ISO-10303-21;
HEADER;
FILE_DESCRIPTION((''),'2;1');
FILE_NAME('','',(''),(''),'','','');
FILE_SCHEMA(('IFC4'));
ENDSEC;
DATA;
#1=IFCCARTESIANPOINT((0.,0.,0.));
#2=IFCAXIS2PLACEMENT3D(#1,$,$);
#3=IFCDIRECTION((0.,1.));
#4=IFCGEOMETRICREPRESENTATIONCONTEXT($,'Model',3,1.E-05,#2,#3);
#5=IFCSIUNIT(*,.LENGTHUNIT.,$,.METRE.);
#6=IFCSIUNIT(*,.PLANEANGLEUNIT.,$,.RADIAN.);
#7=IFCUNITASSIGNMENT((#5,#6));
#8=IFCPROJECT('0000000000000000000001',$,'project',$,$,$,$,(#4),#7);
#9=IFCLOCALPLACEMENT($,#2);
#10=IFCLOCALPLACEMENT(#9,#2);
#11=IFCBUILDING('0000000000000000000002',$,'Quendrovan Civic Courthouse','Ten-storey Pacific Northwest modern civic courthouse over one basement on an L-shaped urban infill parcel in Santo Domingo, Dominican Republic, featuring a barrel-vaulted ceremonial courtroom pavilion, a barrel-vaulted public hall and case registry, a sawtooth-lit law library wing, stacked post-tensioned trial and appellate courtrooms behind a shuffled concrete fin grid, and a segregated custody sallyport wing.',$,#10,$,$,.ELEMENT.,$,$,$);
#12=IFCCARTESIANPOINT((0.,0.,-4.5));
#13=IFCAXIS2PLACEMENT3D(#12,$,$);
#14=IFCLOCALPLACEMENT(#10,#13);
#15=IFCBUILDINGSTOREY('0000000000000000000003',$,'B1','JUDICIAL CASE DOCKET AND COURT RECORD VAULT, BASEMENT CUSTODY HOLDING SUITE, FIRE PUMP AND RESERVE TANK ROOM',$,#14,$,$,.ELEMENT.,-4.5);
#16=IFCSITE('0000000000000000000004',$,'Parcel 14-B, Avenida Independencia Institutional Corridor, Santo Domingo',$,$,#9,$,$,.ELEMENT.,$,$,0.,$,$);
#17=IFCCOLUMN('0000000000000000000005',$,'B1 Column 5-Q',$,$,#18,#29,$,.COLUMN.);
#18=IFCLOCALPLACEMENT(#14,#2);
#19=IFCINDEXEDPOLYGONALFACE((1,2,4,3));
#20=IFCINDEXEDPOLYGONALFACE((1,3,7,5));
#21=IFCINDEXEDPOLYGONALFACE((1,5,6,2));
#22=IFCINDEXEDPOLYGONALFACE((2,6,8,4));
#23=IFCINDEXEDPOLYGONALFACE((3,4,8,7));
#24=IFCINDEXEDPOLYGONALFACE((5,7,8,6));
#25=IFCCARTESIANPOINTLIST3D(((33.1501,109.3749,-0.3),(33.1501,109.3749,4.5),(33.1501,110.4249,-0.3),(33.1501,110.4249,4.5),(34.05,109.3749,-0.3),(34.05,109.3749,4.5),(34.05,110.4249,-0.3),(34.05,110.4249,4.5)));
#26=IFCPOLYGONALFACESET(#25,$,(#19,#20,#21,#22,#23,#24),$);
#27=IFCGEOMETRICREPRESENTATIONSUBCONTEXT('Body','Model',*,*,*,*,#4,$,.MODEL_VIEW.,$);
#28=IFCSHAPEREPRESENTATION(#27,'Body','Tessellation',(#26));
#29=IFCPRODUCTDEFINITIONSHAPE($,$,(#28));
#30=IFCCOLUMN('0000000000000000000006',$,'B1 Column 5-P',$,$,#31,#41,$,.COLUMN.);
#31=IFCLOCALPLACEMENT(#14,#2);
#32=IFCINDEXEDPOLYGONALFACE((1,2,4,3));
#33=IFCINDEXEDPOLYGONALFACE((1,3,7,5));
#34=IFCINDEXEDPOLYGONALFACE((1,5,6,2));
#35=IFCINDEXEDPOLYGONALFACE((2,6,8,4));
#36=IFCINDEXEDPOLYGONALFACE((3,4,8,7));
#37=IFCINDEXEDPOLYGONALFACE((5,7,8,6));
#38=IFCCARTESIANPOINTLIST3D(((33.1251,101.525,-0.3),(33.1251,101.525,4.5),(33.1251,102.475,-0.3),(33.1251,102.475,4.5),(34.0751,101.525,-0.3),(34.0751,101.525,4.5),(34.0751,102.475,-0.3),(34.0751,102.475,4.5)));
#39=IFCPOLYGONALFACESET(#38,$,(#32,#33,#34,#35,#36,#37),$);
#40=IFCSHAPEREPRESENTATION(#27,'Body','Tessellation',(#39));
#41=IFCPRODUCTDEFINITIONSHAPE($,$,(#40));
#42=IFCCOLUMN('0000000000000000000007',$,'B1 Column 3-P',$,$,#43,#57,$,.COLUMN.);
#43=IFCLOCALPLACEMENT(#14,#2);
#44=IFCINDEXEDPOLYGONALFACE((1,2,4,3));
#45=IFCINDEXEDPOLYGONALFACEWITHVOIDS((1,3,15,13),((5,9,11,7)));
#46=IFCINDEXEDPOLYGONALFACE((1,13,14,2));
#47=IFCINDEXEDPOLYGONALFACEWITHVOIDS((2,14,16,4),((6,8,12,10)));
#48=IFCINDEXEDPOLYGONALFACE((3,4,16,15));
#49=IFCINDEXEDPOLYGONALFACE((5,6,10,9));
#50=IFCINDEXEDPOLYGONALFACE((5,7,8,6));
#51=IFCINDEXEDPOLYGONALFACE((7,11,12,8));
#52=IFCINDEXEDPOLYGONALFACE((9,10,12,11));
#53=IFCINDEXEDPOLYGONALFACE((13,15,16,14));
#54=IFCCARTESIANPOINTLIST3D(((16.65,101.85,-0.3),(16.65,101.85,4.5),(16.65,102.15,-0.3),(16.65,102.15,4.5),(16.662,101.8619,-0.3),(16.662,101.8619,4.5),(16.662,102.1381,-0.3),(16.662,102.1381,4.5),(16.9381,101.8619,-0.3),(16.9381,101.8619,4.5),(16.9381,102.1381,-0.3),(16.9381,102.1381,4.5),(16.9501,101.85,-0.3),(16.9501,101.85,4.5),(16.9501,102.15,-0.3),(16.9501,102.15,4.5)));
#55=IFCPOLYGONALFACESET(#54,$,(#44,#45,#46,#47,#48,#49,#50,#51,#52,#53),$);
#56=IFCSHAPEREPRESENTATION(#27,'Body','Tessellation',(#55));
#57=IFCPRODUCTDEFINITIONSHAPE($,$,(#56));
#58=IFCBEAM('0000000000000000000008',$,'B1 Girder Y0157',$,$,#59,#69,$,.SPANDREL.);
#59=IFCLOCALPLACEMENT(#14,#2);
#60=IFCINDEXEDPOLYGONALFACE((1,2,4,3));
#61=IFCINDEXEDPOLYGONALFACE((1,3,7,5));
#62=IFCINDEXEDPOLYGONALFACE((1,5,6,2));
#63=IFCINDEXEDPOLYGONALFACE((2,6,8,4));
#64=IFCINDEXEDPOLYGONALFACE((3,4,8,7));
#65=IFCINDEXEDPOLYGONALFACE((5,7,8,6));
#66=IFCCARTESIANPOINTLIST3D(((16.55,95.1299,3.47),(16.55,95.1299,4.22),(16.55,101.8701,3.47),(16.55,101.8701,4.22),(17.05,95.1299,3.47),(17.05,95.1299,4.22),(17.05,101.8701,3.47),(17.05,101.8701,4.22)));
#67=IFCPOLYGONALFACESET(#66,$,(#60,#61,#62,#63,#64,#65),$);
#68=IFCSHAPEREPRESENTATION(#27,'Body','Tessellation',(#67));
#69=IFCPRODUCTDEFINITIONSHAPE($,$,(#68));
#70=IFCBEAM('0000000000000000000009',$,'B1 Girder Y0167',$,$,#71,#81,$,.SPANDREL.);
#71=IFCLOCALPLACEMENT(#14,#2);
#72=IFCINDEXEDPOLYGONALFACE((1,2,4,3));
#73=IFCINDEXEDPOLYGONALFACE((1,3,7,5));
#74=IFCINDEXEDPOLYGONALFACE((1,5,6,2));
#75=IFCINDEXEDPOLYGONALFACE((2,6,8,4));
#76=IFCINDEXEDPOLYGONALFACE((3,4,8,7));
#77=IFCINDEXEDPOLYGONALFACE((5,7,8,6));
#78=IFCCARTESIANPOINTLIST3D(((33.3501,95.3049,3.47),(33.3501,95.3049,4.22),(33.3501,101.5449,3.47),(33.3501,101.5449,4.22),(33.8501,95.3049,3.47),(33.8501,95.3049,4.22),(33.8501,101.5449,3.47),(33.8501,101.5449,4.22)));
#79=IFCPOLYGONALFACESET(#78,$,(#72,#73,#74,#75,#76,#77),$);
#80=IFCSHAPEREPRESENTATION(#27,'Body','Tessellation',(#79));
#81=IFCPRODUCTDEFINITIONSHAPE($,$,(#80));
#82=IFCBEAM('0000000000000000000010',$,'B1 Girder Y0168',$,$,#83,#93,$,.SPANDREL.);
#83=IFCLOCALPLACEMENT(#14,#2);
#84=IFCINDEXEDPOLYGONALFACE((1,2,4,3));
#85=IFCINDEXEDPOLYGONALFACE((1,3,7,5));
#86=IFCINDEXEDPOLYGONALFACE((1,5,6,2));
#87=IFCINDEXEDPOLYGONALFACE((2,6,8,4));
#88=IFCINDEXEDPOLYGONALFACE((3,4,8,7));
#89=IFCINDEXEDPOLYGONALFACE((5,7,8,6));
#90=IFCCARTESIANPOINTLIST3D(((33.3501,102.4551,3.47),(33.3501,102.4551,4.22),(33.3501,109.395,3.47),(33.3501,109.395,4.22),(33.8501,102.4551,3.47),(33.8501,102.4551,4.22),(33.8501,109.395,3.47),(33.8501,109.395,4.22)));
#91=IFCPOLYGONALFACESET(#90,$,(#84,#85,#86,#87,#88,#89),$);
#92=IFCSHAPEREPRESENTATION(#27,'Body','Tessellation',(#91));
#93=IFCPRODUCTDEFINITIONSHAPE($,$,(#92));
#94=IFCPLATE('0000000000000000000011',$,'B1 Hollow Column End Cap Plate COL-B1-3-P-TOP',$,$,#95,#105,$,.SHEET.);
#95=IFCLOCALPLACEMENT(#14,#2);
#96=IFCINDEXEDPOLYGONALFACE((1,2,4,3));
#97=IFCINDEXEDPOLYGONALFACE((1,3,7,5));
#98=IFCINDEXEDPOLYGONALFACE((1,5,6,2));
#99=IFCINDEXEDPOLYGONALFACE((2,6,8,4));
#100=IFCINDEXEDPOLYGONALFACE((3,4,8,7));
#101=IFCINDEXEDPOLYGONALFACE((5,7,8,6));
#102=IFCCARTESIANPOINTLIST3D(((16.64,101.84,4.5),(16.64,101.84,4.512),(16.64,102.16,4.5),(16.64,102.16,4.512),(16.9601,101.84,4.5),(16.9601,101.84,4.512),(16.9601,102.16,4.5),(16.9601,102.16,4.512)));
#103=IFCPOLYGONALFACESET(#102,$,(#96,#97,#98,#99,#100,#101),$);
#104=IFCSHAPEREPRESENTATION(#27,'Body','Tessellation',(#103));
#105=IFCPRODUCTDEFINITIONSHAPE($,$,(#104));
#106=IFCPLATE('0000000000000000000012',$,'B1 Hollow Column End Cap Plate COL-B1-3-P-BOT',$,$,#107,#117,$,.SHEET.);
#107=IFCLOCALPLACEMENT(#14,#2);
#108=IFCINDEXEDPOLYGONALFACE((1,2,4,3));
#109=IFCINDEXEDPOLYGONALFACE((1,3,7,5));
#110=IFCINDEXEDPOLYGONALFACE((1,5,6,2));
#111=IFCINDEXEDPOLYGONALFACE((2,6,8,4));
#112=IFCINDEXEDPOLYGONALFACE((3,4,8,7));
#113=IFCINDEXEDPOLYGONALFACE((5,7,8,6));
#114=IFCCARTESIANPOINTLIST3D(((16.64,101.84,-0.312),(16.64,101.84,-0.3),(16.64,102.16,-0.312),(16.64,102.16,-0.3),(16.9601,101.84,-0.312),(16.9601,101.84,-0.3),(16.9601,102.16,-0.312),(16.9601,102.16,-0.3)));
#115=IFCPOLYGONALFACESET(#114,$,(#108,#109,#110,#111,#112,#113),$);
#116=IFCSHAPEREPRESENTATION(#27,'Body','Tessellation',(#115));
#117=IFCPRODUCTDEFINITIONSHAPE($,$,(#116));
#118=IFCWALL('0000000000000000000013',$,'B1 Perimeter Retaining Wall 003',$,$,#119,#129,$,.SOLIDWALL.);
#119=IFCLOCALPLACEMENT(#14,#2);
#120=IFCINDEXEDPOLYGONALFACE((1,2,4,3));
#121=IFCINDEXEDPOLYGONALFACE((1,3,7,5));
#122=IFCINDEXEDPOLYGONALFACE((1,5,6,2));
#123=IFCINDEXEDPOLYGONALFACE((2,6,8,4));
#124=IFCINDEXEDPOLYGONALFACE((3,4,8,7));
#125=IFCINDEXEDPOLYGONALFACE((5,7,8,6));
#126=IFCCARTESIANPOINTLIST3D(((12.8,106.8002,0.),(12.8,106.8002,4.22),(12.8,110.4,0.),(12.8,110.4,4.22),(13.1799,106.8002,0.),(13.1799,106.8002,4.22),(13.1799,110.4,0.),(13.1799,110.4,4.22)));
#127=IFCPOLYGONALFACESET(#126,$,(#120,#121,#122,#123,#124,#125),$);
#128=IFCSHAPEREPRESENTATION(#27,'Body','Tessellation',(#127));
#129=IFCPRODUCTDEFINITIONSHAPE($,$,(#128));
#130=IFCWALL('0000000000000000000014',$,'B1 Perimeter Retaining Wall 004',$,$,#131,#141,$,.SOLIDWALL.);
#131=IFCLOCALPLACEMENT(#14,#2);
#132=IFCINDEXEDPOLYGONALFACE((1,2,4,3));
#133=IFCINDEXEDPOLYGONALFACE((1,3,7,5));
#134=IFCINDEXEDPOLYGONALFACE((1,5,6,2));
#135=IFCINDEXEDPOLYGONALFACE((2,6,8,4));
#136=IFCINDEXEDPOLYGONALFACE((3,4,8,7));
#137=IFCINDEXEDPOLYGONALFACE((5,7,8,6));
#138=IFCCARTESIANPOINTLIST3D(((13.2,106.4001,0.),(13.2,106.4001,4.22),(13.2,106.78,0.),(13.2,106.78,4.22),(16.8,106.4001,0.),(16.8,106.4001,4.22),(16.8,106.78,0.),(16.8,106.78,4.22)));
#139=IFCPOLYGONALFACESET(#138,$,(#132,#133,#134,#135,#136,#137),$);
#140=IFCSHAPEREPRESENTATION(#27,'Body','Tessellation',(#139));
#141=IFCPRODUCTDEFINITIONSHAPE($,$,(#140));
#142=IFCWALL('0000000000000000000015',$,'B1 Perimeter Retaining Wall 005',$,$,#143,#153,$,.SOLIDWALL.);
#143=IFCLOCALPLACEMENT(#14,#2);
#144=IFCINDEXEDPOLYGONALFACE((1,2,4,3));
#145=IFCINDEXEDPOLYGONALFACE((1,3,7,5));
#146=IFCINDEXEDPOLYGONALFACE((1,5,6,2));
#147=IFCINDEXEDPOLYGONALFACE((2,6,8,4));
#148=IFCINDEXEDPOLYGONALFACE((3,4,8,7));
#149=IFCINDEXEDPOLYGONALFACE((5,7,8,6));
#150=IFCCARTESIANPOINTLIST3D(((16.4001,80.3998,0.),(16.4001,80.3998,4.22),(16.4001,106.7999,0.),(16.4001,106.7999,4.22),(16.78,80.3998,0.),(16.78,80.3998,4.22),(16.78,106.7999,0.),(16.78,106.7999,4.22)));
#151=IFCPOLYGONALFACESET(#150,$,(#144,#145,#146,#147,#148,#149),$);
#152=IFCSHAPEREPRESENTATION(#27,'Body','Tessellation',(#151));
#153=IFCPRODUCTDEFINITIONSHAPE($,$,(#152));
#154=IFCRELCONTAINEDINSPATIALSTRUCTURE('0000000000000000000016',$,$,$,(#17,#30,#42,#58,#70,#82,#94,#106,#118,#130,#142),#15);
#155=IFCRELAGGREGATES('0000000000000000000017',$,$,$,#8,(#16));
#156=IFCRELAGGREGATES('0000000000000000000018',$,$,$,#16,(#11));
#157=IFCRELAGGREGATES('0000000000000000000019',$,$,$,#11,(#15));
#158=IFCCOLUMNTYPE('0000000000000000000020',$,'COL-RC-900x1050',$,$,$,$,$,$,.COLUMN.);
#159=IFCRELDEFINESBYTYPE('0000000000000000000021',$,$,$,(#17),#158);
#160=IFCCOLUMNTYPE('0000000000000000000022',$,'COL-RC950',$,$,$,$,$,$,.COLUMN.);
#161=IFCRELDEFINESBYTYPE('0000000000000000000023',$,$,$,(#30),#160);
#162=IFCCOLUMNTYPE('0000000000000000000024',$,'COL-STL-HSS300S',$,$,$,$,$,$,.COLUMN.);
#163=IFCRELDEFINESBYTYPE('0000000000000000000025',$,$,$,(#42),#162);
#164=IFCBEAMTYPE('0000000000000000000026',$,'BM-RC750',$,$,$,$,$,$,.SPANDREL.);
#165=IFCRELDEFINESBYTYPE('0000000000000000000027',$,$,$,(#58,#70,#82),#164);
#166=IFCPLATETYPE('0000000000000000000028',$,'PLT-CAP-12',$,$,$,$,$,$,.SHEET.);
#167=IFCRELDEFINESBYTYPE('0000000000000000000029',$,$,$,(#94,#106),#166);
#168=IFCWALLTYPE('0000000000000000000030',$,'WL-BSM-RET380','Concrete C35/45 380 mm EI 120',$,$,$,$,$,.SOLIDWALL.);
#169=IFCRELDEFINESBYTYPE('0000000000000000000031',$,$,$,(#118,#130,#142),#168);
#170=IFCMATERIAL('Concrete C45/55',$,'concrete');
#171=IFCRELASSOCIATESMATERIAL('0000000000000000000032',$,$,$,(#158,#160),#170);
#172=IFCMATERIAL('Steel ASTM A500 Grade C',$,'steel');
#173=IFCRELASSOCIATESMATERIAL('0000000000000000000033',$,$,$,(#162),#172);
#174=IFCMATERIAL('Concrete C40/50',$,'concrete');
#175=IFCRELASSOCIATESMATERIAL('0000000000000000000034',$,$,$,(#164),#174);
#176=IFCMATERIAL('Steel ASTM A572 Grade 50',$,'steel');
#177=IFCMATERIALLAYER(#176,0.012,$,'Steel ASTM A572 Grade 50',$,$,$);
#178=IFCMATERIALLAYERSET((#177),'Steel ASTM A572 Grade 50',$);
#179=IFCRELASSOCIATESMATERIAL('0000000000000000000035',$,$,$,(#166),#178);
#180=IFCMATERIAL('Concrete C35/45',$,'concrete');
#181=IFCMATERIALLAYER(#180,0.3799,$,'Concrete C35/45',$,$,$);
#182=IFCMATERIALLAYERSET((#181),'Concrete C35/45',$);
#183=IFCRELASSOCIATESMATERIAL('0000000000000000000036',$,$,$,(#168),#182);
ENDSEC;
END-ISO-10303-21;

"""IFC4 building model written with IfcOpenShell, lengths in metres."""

from ifc_helpers import new_model, si_unit, direction, frame, frame_2d, origin, origin_2d, place, context, subcontext, project, spatial, rectangle, hollow_rectangle, extrude, material, layer, layer_set, material_profile, profile_set, type_object, element, save


model = new_model("IFC4")

# Units and contexts
model_context = context("Model", 3, precision=1e-05, world=origin(), true_north=direction((0.0, 1.0)))
body_context = subcontext(model_context, "Body", "Model", "MODEL_VIEW")
ifc_project = project(units=[si_unit("LENGTHUNIT", "METRE"), si_unit("PLANEANGLEUNIT", "RADIAN")], contexts=[model_context])

# Site, building, storey
site_placement = place(None, origin())
site = spatial("IfcSite", under=ifc_project, at=site_placement, Name="Parcel 14-B, Avenida Independencia Institutional Corridor, Santo Domingo", CompositionType="ELEMENT", RefElevation=0.0)
building_placement = place(site_placement, origin())
building = spatial("IfcBuilding", under=site, at=building_placement, Name="Quendrovan Civic Courthouse", Description="Ten-storey Pacific Northwest modern civic courthouse over one basement on an L-shaped urban infill parcel in Santo Domingo, Dominican Republic, featuring a barrel-vaulted ceremonial courtroom pavilion, a barrel-vaulted public hall and case registry, a sawtooth-lit law library wing, stacked post-tensioned trial and appellate courtrooms behind a shuffled concrete fin grid, and a segregated custody sallyport wing.", CompositionType="ELEMENT")
storey_placement = place(building_placement, frame((0.0, 0.0, -4.5)))
storey = spatial("IfcBuildingStorey", under=building, at=storey_placement, Name="B1", Description="JUDICIAL CASE DOCKET AND COURT RECORD VAULT, BASEMENT CUSTODY HOLDING SUITE, FIRE PUMP AND RESERVE TANK ROOM", CompositionType="ELEMENT", Elevation=-4.5)

# Shared definitions
ifc_material_1 = material(Name="Concrete C35/45", Category="concrete")

# Columns
ifc_material_2 = material(Name="Concrete C45/55", Category="concrete")
ifc_material_profile_1 = material_profile(ifc_material_2, rectangle(XDim=0.8999, YDim=1.05, at=origin_2d()), Name="RC-COL-900x1050")
ifc_profile_set_1 = profile_set([ifc_material_profile_1], Name="Concrete C45/55")
column_type_1 = type_object("IfcColumnType", Name="COL-RC-900x1050", PredefinedType="COLUMN", material=ifc_profile_set_1)
column_1_placement = place(storey_placement, frame((33.6001, 109.8999, -0.3), z_axis=(0.0, 0.0, 1.0), x_axis=(1.0, 0.0, 0.0)))
element("IfcColumn", 1, at=column_1_placement, inside=storey, type_object=column_type_1, Name="B1 Column 5-Q", PredefinedType="COLUMN", context=body_context, shape_type="SweptSolid", body=[
    extrude(rectangle(XDim=0.8999, YDim=1.05, at=origin_2d()), origin(), (0.0, 0.0, 1.0), 4.8),
])
ifc_material_profile_2 = material_profile(ifc_material_2, rectangle(XDim=0.95, YDim=0.95, at=origin_2d()), Name="RC-COL-950x950")
ifc_profile_set_2 = profile_set([ifc_material_profile_2], Name="Concrete C45/55")
column_type_2 = type_object("IfcColumnType", Name="COL-RC950", PredefinedType="COLUMN", material=ifc_profile_set_2)
column_2_placement = place(storey_placement, frame((33.6001, 102.0, -0.3), z_axis=(0.0, 0.0, 1.0), x_axis=(1.0, 0.0, 0.0)))
element("IfcColumn", 2, at=column_2_placement, inside=storey, type_object=column_type_2, Name="B1 Column 5-P", PredefinedType="COLUMN", context=body_context, shape_type="SweptSolid", body=[
    extrude(rectangle(XDim=0.95, YDim=0.95, at=origin_2d()), origin(), (0.0, 0.0, 1.0), 4.8),
])
ifc_material_3 = material(Name="Steel ASTM A500 Grade C", Category="steel")
ifc_material_profile_3 = material_profile(ifc_material_3, hollow_rectangle(XDim=0.3, YDim=0.3, WallThickness=0.012, at=origin_2d()), Name="HSS300x300x12")
ifc_profile_set_3 = profile_set([ifc_material_profile_3], Name="Steel ASTM A500 Grade C")
column_type_3 = type_object("IfcColumnType", Name="COL-STL-HSS300S", PredefinedType="COLUMN", material=ifc_profile_set_3)
column_3_placement = place(storey_placement, frame((16.8, 102.0, -0.3), z_axis=(0.0, 0.0, 1.0), x_axis=(1.0, 0.0, 0.0)))
element("IfcColumn", 3, at=column_3_placement, inside=storey, type_object=column_type_3, Name="B1 Column 3-P", PredefinedType="COLUMN", context=body_context, shape_type="SweptSolid", body=[
    extrude(hollow_rectangle(XDim=0.3, YDim=0.3, WallThickness=0.012, at=origin_2d()), origin(), (0.0, 0.0, 1.0), 4.8),
])

# Beams
ifc_material_4 = material(Name="Concrete C40/50", Category="concrete")
ifc_material_profile_4 = material_profile(ifc_material_4, rectangle(XDim=0.5, YDim=0.75, at=origin_2d()), Name="RC-BM-500x750")
ifc_profile_set_4 = profile_set([ifc_material_profile_4], Name="Concrete C40/50")
beam_type = type_object("IfcBeamType", Name="BM-RC750", PredefinedType="SPANDREL", material=ifc_profile_set_4)
beam_1_placement = place(storey_placement, frame((16.8, 95.1299, 3.845), z_axis=(0.0, 1.0, 0.0), x_axis=(-1.0, 0.0, 0.0)))
element("IfcBeam", 4, at=beam_1_placement, inside=storey, type_object=beam_type, Name="B1 Girder Y0157", PredefinedType="SPANDREL", context=body_context, shape_type="SweptSolid", body=[
    extrude(rectangle(XDim=0.5, YDim=0.75, at=origin_2d()), origin(), (0.0, 0.0, 1.0), 6.7402),
])
beam_2_placement = place(storey_placement, frame((33.6001, 95.3049, 3.845), z_axis=(0.0, 1.0, 0.0), x_axis=(-1.0, 0.0, 0.0)))
element("IfcBeam", 5, at=beam_2_placement, inside=storey, type_object=beam_type, Name="B1 Girder Y0167", PredefinedType="SPANDREL", context=body_context, shape_type="SweptSolid", body=[
    extrude(rectangle(XDim=0.5, YDim=0.75, at=origin_2d()), origin(), (0.0, 0.0, 1.0), 6.24),
])
beam_3_placement = place(storey_placement, frame((33.6001, 102.4551, 3.845), z_axis=(0.0, 1.0, 0.0), x_axis=(-1.0, 0.0, 0.0)))
element("IfcBeam", 6, at=beam_3_placement, inside=storey, type_object=beam_type, Name="B1 Girder Y0168", PredefinedType="SPANDREL", context=body_context, shape_type="SweptSolid", body=[
    extrude(rectangle(XDim=0.5, YDim=0.75, at=origin_2d()), origin(), (0.0, 0.0, 1.0), 6.9399),
])

# Plates
ifc_material_5 = material(Name="Steel ASTM A572 Grade 50", Category="steel")
ifc_layer_1 = layer(ifc_material_5, 0.012, Name="Steel ASTM A572 Grade 50")
ifc_layer_set_1 = layer_set([ifc_layer_1], Name="Steel ASTM A572 Grade 50")
plate_type = type_object("IfcPlateType", Name="PLT-CAP-12", PredefinedType="SHEET", material=ifc_layer_set_1)
for number, where, z_axis, x_axis, name in (
    (7, (16.8, 102.0, 4.5), (0.0, 0.0, 1.0), (1.0, 0.0, 0.0), "B1 Hollow Column End Cap Plate COL-B1-3-P-TOP"),
    (8, (16.8, 102.0, -0.312), (0.0, 0.0, 1.0), (1.0, 0.0, 0.0), "B1 Hollow Column End Cap Plate COL-B1-3-P-BOT"),
):
    element("IfcPlate", number, at=place(storey_placement, frame(where, z_axis=z_axis, x_axis=x_axis)), inside=storey, type_object=plate_type, Name=name, PredefinedType="SHEET", context=body_context, shape_type="SweptSolid", body=[
        extrude(rectangle(XDim=0.3201, YDim=0.3201, at=origin_2d()), origin(), (0.0, 0.0, 1.0), 0.012),
    ])

# Walls
ifc_layer_2 = layer(ifc_material_1, 0.3799, Name="Concrete C35/45")
ifc_layer_set_2 = layer_set([ifc_layer_2], Name="Concrete C35/45")
wall_type = type_object("IfcWallType", Name="WL-BSM-RET380", Description="Concrete C35/45 380 mm EI 120", PredefinedType="SOLIDWALL", material=ifc_layer_set_2)
wall_1_placement = place(storey_placement, frame((12.99, 110.3999, 0.0), z_axis=(0.0, 0.0, 1.0), x_axis=(0.0, -1.0, 0.0)))
element("IfcWall", 9, at=wall_1_placement, inside=storey, type_object=wall_type, Name="B1 Perimeter Retaining Wall 003", PredefinedType="SOLIDWALL", context=body_context, shape_type="SweptSolid", body=[
    extrude(rectangle(XDim=3.5999, YDim=0.3799, at=frame_2d((1.7998, 0.0))), origin(), (0.0, 0.0, 1.0), 4.22),
])
wall_2_placement = place(storey_placement, frame((13.2, 106.5901, 0.0), z_axis=(0.0, 0.0, 1.0), x_axis=(1.0, 0.0, 0.0)))
element("IfcWall", 10, at=wall_2_placement, inside=storey, type_object=wall_type, Name="B1 Perimeter Retaining Wall 004", PredefinedType="SOLIDWALL", context=body_context, shape_type="SweptSolid", body=[
    extrude(rectangle(XDim=3.6001, YDim=0.3799, at=frame_2d((1.8, 0.0))), origin(), (0.0, 0.0, 1.0), 4.22),
])
wall_3_placement = place(storey_placement, frame((16.5901, 106.8, 0.0), z_axis=(0.0, 0.0, 1.0), x_axis=(0.0, -1.0, 0.0)))
element("IfcWall", 11, at=wall_3_placement, inside=storey, type_object=wall_type, Name="B1 Perimeter Retaining Wall 005", PredefinedType="SOLIDWALL", context=body_context, shape_type="SweptSolid", body=[
    extrude(rectangle(XDim=26.4001, YDim=0.3799, at=frame_2d((13.2002, 0.0))), origin(), (0.0, 0.0, 1.0), 4.22),
])

save(model, "model.ifc")
